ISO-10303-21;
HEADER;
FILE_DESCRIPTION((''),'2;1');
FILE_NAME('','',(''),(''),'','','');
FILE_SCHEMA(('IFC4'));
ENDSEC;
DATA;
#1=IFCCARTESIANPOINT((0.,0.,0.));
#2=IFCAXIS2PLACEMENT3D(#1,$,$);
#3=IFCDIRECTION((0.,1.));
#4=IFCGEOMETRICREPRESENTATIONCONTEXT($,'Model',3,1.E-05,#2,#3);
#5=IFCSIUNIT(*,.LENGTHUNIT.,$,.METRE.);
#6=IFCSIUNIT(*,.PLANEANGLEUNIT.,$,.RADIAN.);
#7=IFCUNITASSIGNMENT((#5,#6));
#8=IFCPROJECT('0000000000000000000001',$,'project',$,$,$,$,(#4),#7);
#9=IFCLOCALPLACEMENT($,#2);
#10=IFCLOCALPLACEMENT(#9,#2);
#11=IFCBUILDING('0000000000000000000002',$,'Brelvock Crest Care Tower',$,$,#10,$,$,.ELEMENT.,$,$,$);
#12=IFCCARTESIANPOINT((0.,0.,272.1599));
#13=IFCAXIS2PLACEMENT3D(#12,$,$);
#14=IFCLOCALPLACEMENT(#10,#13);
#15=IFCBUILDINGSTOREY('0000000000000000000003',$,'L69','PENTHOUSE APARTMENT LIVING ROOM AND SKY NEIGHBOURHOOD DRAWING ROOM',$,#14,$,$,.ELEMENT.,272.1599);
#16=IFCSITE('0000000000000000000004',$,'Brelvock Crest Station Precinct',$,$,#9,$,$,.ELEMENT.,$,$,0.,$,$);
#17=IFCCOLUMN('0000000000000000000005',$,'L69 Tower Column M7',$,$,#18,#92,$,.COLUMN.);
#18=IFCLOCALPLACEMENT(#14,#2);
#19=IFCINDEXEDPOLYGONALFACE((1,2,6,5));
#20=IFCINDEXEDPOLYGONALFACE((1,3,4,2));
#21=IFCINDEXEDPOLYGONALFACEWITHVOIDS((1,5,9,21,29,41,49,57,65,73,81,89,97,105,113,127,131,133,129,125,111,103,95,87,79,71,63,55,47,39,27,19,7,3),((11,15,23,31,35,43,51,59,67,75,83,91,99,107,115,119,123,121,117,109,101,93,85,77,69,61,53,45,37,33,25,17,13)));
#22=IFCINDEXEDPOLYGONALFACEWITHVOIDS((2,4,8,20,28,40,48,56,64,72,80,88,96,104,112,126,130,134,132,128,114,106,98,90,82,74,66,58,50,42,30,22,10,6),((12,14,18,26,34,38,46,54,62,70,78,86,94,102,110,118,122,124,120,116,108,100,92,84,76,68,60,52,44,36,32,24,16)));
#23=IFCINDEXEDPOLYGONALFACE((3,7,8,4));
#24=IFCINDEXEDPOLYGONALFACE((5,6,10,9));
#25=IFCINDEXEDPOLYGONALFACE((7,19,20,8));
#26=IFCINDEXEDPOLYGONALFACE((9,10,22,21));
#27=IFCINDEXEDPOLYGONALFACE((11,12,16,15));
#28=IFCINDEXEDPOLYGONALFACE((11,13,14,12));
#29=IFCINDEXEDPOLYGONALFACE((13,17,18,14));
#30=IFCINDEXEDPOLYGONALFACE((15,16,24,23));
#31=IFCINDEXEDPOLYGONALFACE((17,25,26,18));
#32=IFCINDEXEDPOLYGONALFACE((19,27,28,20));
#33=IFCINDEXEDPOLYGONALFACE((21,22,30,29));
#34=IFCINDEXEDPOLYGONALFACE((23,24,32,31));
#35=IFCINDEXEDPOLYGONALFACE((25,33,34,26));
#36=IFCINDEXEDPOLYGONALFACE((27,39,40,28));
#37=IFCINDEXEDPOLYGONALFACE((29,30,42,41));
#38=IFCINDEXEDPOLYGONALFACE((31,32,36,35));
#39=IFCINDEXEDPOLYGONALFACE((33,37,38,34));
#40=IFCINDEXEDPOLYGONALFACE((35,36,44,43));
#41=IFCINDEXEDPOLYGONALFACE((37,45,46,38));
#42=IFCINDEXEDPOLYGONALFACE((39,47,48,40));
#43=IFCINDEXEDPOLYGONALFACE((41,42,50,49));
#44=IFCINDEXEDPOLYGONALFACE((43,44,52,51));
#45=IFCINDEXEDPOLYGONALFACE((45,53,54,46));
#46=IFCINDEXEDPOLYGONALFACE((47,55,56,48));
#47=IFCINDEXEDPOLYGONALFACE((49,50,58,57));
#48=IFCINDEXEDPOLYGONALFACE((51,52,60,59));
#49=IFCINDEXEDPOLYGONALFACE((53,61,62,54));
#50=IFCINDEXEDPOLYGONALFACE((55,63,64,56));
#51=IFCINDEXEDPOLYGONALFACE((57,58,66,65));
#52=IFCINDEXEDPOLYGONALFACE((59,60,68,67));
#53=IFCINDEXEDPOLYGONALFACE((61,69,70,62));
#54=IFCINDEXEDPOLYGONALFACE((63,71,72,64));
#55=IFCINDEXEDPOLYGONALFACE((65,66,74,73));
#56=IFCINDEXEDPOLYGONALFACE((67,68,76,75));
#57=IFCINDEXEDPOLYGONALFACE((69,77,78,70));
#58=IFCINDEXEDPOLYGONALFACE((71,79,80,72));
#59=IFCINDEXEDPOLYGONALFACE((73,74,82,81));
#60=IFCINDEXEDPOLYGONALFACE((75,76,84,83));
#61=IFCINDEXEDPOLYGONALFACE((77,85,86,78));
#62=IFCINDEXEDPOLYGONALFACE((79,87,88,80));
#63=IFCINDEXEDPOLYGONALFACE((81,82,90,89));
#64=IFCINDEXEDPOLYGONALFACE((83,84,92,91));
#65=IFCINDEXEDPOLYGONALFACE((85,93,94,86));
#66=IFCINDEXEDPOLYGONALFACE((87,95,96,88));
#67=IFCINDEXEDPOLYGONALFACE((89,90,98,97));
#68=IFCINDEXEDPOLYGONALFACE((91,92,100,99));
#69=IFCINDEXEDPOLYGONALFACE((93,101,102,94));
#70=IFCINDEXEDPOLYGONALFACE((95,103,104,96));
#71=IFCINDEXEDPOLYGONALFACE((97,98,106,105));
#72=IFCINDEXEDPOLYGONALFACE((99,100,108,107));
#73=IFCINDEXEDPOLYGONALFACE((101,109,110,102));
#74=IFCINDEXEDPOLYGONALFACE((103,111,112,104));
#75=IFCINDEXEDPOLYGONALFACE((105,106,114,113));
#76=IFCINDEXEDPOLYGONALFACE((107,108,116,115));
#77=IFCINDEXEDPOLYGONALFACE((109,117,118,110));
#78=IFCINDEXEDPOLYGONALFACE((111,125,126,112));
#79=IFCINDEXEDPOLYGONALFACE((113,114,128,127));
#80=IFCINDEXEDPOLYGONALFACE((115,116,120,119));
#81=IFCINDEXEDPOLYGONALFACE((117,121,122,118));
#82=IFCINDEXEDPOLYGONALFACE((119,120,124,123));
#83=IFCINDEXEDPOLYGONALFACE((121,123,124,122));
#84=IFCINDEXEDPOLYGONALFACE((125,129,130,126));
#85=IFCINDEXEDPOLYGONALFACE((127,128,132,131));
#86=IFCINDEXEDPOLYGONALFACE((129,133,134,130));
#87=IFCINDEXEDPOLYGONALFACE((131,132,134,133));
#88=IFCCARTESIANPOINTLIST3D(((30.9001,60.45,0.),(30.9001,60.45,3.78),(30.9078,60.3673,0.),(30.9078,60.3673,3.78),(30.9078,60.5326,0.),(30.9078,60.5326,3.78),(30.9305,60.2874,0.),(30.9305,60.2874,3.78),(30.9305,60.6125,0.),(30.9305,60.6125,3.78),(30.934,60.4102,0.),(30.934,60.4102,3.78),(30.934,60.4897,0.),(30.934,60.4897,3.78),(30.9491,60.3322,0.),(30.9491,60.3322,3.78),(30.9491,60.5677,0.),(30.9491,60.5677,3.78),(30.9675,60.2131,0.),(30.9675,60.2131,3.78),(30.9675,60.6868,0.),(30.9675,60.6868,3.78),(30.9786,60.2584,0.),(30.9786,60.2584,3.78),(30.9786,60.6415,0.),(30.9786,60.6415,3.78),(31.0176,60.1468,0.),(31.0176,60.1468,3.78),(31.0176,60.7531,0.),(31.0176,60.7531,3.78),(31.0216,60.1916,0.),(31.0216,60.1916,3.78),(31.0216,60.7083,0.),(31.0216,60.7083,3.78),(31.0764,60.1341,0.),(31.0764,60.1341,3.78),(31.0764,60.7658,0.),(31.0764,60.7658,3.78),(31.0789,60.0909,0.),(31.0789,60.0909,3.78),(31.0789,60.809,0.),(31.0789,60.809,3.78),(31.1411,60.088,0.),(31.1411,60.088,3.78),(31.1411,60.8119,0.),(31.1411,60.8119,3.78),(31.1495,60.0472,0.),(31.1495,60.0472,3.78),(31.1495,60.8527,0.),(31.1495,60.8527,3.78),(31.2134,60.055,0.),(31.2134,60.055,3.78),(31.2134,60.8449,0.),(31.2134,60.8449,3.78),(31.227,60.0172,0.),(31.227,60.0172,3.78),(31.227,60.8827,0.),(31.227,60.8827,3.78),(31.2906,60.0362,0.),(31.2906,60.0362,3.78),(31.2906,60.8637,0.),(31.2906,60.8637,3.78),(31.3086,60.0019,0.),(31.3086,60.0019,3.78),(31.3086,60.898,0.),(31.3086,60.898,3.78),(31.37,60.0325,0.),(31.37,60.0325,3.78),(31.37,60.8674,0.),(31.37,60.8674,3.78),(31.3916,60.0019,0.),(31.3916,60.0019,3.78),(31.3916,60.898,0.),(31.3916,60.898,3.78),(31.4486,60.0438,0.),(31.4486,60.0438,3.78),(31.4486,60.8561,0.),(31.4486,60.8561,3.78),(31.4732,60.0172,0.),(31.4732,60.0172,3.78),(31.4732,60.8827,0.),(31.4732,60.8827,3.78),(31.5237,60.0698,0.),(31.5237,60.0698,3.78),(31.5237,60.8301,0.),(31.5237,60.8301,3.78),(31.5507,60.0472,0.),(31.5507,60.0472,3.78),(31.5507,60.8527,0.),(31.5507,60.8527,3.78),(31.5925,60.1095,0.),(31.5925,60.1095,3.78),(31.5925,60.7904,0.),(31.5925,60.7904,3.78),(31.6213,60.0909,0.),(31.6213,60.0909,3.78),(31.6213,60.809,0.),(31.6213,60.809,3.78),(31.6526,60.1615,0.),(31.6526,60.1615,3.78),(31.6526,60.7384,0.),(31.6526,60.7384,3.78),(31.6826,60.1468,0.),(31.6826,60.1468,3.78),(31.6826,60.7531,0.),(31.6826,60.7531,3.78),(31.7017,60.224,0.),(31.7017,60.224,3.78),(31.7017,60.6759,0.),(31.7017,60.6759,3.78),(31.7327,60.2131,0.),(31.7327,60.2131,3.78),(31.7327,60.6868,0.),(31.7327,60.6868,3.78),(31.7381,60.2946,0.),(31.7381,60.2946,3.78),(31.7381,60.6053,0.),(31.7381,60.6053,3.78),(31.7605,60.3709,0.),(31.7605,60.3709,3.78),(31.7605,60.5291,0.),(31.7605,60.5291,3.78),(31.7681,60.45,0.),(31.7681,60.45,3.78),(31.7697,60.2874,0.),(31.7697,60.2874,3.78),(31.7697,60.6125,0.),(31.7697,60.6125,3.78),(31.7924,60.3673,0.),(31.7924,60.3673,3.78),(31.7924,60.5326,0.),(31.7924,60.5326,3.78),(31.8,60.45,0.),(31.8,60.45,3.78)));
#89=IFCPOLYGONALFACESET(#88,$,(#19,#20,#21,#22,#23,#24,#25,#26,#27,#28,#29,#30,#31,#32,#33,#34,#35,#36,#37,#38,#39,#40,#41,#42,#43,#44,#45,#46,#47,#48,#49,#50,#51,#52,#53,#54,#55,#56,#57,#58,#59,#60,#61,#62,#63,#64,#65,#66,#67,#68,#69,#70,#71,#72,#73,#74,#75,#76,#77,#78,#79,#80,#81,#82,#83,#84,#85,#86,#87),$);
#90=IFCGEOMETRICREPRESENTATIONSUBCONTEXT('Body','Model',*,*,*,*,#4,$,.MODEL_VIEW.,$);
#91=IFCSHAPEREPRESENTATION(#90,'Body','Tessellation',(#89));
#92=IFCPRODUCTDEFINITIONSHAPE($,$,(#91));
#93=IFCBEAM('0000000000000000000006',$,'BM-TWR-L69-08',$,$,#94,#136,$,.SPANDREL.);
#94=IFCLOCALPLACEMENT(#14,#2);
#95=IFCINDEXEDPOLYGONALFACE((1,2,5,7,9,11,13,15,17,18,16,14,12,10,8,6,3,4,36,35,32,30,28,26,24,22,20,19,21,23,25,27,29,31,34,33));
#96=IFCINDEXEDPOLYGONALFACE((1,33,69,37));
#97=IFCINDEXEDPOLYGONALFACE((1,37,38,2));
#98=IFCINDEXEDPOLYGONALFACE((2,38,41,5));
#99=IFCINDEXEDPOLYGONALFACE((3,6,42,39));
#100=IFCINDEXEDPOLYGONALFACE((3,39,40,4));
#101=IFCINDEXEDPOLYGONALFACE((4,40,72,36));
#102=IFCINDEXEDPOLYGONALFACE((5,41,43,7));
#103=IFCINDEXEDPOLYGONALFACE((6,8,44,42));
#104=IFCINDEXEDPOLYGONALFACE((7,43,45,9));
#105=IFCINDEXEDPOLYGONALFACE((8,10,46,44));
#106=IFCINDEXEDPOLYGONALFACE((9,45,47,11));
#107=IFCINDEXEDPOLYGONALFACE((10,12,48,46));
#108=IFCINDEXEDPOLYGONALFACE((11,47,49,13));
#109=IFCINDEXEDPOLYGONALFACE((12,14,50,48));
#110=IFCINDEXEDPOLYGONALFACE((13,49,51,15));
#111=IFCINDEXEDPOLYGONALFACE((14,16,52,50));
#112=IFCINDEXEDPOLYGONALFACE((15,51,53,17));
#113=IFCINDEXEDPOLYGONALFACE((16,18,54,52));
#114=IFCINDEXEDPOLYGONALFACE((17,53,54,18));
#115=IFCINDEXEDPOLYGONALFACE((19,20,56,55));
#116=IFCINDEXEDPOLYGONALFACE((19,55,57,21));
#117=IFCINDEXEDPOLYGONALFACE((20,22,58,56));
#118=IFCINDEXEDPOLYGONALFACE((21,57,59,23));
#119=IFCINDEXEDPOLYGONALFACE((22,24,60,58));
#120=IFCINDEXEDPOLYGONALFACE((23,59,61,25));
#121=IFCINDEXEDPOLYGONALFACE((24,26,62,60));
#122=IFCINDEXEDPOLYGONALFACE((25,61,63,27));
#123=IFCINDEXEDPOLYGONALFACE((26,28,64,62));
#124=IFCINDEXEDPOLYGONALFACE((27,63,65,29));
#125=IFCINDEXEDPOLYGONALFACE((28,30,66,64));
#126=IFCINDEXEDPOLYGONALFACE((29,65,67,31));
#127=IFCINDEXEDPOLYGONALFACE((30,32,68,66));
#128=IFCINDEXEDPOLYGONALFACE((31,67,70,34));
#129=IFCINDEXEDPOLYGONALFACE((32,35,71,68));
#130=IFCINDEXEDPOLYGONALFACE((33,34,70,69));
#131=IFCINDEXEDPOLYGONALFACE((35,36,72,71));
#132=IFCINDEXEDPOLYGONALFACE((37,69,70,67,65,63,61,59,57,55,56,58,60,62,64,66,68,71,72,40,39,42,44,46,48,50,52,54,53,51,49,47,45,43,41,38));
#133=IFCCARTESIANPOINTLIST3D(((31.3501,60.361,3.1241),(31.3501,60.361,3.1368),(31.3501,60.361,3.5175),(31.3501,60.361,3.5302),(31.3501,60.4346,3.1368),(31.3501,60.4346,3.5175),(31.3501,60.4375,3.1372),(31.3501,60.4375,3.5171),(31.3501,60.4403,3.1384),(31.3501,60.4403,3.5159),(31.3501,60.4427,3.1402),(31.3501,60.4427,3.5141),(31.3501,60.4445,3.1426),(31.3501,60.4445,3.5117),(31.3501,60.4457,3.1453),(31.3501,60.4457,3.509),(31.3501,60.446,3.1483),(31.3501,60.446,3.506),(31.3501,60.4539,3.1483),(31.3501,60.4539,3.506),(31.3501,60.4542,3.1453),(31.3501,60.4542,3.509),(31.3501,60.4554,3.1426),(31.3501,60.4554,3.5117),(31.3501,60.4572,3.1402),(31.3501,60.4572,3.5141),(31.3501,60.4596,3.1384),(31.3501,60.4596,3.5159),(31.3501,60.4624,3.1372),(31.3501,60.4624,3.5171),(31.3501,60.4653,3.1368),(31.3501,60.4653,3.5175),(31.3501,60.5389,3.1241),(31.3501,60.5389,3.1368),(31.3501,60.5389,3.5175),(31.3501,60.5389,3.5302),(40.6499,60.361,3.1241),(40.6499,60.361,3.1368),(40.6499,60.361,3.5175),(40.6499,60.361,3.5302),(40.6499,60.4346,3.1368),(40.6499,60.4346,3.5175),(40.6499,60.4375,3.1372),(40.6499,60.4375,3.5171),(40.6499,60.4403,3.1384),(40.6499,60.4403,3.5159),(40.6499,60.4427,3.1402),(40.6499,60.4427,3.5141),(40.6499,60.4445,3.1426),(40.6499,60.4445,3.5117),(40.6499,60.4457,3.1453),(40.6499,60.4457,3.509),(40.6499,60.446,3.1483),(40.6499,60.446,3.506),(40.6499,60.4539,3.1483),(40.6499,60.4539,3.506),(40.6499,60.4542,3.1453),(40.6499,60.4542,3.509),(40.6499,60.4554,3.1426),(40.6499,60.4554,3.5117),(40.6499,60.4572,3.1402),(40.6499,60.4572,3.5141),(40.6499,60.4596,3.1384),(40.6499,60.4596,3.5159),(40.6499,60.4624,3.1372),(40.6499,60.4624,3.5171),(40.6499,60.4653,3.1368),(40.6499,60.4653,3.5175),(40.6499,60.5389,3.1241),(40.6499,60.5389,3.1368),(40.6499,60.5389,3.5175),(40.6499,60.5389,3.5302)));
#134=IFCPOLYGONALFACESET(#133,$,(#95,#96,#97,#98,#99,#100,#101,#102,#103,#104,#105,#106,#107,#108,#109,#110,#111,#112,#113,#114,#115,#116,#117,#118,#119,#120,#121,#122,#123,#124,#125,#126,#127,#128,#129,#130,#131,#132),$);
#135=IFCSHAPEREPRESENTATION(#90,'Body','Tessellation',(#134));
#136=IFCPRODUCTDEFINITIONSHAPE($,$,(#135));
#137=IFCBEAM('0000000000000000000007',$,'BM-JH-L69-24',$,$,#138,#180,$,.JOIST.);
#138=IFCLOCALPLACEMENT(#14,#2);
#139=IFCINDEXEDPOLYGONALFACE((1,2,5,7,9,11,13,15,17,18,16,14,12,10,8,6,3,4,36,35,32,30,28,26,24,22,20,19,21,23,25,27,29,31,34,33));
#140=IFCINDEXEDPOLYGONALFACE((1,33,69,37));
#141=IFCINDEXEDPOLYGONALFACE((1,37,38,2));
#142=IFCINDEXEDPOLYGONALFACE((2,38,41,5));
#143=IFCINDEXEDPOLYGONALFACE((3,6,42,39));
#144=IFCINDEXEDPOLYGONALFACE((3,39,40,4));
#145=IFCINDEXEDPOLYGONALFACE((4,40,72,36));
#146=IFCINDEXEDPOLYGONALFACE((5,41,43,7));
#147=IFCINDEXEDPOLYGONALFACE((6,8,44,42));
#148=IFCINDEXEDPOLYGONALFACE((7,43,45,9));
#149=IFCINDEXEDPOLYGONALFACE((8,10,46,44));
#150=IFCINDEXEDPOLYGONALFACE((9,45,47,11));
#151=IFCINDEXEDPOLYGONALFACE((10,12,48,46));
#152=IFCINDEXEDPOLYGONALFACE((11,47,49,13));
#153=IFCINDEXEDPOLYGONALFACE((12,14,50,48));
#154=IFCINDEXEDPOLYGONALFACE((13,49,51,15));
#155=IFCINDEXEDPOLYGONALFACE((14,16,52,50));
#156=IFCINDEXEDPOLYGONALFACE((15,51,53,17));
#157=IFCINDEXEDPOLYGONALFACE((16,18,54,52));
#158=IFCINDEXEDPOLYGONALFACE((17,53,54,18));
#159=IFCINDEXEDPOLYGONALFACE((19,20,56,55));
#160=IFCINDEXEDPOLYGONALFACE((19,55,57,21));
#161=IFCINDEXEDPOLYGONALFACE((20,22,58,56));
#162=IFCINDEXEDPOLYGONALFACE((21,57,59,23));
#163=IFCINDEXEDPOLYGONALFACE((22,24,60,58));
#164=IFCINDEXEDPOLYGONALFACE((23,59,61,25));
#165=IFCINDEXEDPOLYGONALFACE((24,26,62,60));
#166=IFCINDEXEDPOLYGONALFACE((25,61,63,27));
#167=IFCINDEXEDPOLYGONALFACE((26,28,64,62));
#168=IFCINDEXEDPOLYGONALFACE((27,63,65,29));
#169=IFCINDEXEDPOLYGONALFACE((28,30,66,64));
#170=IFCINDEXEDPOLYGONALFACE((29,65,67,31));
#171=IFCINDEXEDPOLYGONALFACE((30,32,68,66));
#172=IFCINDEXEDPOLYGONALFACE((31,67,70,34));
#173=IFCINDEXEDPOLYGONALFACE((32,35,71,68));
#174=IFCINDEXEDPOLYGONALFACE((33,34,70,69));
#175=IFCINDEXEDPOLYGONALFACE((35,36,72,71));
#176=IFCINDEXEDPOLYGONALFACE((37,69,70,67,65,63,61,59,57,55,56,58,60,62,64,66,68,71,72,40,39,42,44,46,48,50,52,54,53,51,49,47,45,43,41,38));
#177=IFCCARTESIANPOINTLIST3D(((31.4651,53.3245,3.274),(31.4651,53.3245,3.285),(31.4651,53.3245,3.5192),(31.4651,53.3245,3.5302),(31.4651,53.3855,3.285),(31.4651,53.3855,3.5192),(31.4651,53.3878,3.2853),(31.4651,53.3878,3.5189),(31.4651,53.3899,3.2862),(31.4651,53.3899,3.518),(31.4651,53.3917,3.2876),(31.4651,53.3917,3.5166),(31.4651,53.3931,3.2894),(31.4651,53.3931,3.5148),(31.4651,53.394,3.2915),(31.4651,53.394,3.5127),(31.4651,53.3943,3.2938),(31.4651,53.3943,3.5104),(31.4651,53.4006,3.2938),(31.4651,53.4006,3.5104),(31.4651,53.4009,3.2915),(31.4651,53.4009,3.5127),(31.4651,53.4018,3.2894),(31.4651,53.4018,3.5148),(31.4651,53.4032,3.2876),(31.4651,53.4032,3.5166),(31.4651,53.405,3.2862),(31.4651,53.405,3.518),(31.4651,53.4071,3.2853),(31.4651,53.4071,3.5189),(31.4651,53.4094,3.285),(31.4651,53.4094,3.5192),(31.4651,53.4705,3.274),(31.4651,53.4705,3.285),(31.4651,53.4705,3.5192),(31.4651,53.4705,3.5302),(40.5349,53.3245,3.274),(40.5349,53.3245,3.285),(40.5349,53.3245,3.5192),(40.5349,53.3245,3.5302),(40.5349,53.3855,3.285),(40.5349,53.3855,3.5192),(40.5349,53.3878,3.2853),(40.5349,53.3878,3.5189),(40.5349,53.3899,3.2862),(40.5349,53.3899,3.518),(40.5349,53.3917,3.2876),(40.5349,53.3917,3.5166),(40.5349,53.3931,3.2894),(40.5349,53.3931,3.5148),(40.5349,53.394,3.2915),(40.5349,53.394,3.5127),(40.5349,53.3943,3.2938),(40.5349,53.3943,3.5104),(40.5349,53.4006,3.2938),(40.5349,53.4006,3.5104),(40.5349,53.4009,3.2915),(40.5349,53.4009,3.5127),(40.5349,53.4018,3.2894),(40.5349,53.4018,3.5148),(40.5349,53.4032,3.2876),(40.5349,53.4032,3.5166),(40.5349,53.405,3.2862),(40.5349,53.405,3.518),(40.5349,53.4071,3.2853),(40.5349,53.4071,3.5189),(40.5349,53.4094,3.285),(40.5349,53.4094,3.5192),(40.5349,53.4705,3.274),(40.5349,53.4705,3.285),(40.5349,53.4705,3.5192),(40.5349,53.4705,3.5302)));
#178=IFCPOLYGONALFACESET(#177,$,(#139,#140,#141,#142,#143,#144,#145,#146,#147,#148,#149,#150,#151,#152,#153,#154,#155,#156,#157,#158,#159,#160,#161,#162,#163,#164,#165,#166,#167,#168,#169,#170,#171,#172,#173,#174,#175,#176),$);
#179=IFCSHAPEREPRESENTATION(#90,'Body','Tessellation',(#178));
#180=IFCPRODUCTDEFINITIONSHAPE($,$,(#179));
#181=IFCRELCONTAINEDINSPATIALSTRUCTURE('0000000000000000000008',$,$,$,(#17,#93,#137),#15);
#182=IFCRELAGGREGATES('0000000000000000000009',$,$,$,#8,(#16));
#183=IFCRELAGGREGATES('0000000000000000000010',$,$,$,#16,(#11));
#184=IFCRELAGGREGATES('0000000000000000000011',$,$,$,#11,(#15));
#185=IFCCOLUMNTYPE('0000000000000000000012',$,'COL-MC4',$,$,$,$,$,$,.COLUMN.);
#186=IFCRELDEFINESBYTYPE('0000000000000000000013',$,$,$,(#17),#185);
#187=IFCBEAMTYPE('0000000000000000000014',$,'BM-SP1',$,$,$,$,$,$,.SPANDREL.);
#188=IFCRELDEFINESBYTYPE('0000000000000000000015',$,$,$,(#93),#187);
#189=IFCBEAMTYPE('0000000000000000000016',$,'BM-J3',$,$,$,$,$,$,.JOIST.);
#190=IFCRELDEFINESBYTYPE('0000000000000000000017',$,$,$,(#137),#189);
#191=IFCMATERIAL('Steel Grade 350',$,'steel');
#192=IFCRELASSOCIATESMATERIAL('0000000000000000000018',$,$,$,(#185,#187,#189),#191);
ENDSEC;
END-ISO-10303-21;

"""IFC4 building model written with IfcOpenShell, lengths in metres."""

from ifc_helpers import new_model, si_unit, direction, frame, origin, origin_2d, place, context, subcontext, project, spatial, hollow_circle, i_section, extrude, source, transform, mapped, material, material_profile, profile_set, type_object, element, save


model = new_model("IFC4")

# Units and contexts
model_context = context("Model", 3, precision=1e-05, world=origin(), true_north=direction((0.0, 1.0)))
body_context = subcontext(model_context, "Body", "Model", "MODEL_VIEW")
ifc_project = project(units=[si_unit("LENGTHUNIT", "METRE"), si_unit("PLANEANGLEUNIT", "RADIAN")], contexts=[model_context])

# Site, building, storey
site_placement = place(None, origin())
site = spatial("IfcSite", under=ifc_project, at=site_placement, Name="Brelvock Crest Station Precinct", CompositionType="ELEMENT", RefElevation=0.0)
building_placement = place(site_placement, origin())
building = spatial("IfcBuilding", under=site, at=building_placement, Name="Brelvock Crest Care Tower", CompositionType="ELEMENT")
storey_placement = place(building_placement, frame((0.0, 0.0, 272.1599)))
storey = spatial("IfcBuildingStorey", under=building, at=storey_placement, Name="L69", Description="PENTHOUSE APARTMENT LIVING ROOM AND SKY NEIGHBOURHOOD DRAWING ROOM", CompositionType="ELEMENT", Elevation=272.1599)

# Column
ifc_material_1 = material(Name="Steel Grade 350", Category="steel")
ifc_material_profile_1 = material_profile(ifc_material_1, hollow_circle(Radius=0.45, WallThickness=0.032, at=origin_2d()), Name="CFT900x32")
ifc_profile_set_1 = profile_set([ifc_material_profile_1], Name="Steel Grade 350")
column_type = type_object("IfcColumnType", Name="COL-MC4", PredefinedType="COLUMN", material=ifc_profile_set_1)
shared_shape_1 = source(origin(), body_context, "Body", "SweptSolid", [
    extrude(hollow_circle(Radius=0.45, WallThickness=0.032, at=origin_2d()), origin(), (0.0, 0.0, 1.0), 3.78),
])
column_placement = place(storey_placement, frame((31.3501, 60.45, 0.0), z_axis=(0.0, 0.0, 1.0), x_axis=(1.0, 0.0, 0.0)))
element("IfcColumn", 1, at=column_placement, inside=storey, type_object=column_type, Name="L69 Tower Column M7", PredefinedType="COLUMN", context=body_context, shape_type="MappedRepresentation", body=[
    mapped(shared_shape_1, transform((0.0, 0.0, 0.0), x_axis=(1.0, 0.0, 0.0), y_axis=(0.0, 1.0, 0.0), z_axis=(0.0, 0.0, 1.0), scale=1.0)),
])

# Beams
ifc_material_profile_2 = material_profile(ifc_material_1, i_section(OverallWidth=0.178, OverallDepth=0.406, WebThickness=0.0078, FlangeThickness=0.0127, FilletRadius=0.0115, at=origin_2d()), Name="410UB59.7")
ifc_profile_set_2 = profile_set([ifc_material_profile_2], Name="Steel Grade 350")
beam_type_1 = type_object("IfcBeamType", Name="BM-SP1", PredefinedType="SPANDREL", material=ifc_profile_set_2)
shared_shape_2 = source(origin(), body_context, "Body", "SweptSolid", [
    extrude(i_section(OverallWidth=0.178, OverallDepth=0.406, WebThickness=0.0078, FlangeThickness=0.0127, FilletRadius=0.0115, at=origin_2d()), origin(), (0.0, 0.0, 1.0), 9.2998),
])
beam_placement = place(storey_placement, frame((31.3501, 60.45, 3.3271), z_axis=(1.0, 0.0, 0.0), x_axis=(0.0, 1.0, 0.0)))
element("IfcBeam", 2, at=beam_placement, inside=storey, type_object=beam_type_1, Name="BM-TWR-L69-08", PredefinedType="SPANDREL", context=body_context, shape_type="MappedRepresentation", body=[
    mapped(shared_shape_2, transform((0.0, 0.0, 0.0), x_axis=(1.0, 0.0, 0.0), y_axis=(0.0, 1.0, 0.0), z_axis=(0.0, 0.0, 1.0), scale=1.0)),
])
ifc_material_profile_3 = material_profile(ifc_material_1, i_section(OverallWidth=0.146, OverallDepth=0.2561, WebThickness=0.0063, FlangeThickness=0.011, FilletRadius=0.0088, at=origin_2d()), Name="250UB37.3")
ifc_profile_set_3 = profile_set([ifc_material_profile_3], Name="Steel Grade 350")
beam_type_2 = type_object("IfcBeamType", Name="BM-J3", PredefinedType="JOIST", material=ifc_profile_set_3)
shared_shape_3 = source(origin(), body_context, "Body", "SweptSolid", [
    extrude(i_section(OverallWidth=0.146, OverallDepth=0.2561, WebThickness=0.0063, FlangeThickness=0.011, FilletRadius=0.0088, at=origin_2d()), origin(), (0.0, 0.0, 1.0), 9.0698),
])
for number, where, z_axis, x_axis, name in (
    (3, (31.4651, 53.3975, 3.4021), (1.0, 0.0, 0.0), (0.0, 1.0, 0.0), "BM-JH-L69-24"),
):
    element("IfcBeam", number, at=place(storey_placement, frame(where, z_axis=z_axis, x_axis=x_axis)), inside=storey, type_object=beam_type_2, Name=name, PredefinedType="JOIST", context=body_context, shape_type="MappedRepresentation", body=[
        mapped(shared_shape_3, transform((0.0, 0.0, 0.0), x_axis=(1.0, 0.0, 0.0), y_axis=(0.0, 1.0, 0.0), z_axis=(0.0, 0.0, 1.0), scale=1.0)),
    ])

save(model, "model.ifc")
